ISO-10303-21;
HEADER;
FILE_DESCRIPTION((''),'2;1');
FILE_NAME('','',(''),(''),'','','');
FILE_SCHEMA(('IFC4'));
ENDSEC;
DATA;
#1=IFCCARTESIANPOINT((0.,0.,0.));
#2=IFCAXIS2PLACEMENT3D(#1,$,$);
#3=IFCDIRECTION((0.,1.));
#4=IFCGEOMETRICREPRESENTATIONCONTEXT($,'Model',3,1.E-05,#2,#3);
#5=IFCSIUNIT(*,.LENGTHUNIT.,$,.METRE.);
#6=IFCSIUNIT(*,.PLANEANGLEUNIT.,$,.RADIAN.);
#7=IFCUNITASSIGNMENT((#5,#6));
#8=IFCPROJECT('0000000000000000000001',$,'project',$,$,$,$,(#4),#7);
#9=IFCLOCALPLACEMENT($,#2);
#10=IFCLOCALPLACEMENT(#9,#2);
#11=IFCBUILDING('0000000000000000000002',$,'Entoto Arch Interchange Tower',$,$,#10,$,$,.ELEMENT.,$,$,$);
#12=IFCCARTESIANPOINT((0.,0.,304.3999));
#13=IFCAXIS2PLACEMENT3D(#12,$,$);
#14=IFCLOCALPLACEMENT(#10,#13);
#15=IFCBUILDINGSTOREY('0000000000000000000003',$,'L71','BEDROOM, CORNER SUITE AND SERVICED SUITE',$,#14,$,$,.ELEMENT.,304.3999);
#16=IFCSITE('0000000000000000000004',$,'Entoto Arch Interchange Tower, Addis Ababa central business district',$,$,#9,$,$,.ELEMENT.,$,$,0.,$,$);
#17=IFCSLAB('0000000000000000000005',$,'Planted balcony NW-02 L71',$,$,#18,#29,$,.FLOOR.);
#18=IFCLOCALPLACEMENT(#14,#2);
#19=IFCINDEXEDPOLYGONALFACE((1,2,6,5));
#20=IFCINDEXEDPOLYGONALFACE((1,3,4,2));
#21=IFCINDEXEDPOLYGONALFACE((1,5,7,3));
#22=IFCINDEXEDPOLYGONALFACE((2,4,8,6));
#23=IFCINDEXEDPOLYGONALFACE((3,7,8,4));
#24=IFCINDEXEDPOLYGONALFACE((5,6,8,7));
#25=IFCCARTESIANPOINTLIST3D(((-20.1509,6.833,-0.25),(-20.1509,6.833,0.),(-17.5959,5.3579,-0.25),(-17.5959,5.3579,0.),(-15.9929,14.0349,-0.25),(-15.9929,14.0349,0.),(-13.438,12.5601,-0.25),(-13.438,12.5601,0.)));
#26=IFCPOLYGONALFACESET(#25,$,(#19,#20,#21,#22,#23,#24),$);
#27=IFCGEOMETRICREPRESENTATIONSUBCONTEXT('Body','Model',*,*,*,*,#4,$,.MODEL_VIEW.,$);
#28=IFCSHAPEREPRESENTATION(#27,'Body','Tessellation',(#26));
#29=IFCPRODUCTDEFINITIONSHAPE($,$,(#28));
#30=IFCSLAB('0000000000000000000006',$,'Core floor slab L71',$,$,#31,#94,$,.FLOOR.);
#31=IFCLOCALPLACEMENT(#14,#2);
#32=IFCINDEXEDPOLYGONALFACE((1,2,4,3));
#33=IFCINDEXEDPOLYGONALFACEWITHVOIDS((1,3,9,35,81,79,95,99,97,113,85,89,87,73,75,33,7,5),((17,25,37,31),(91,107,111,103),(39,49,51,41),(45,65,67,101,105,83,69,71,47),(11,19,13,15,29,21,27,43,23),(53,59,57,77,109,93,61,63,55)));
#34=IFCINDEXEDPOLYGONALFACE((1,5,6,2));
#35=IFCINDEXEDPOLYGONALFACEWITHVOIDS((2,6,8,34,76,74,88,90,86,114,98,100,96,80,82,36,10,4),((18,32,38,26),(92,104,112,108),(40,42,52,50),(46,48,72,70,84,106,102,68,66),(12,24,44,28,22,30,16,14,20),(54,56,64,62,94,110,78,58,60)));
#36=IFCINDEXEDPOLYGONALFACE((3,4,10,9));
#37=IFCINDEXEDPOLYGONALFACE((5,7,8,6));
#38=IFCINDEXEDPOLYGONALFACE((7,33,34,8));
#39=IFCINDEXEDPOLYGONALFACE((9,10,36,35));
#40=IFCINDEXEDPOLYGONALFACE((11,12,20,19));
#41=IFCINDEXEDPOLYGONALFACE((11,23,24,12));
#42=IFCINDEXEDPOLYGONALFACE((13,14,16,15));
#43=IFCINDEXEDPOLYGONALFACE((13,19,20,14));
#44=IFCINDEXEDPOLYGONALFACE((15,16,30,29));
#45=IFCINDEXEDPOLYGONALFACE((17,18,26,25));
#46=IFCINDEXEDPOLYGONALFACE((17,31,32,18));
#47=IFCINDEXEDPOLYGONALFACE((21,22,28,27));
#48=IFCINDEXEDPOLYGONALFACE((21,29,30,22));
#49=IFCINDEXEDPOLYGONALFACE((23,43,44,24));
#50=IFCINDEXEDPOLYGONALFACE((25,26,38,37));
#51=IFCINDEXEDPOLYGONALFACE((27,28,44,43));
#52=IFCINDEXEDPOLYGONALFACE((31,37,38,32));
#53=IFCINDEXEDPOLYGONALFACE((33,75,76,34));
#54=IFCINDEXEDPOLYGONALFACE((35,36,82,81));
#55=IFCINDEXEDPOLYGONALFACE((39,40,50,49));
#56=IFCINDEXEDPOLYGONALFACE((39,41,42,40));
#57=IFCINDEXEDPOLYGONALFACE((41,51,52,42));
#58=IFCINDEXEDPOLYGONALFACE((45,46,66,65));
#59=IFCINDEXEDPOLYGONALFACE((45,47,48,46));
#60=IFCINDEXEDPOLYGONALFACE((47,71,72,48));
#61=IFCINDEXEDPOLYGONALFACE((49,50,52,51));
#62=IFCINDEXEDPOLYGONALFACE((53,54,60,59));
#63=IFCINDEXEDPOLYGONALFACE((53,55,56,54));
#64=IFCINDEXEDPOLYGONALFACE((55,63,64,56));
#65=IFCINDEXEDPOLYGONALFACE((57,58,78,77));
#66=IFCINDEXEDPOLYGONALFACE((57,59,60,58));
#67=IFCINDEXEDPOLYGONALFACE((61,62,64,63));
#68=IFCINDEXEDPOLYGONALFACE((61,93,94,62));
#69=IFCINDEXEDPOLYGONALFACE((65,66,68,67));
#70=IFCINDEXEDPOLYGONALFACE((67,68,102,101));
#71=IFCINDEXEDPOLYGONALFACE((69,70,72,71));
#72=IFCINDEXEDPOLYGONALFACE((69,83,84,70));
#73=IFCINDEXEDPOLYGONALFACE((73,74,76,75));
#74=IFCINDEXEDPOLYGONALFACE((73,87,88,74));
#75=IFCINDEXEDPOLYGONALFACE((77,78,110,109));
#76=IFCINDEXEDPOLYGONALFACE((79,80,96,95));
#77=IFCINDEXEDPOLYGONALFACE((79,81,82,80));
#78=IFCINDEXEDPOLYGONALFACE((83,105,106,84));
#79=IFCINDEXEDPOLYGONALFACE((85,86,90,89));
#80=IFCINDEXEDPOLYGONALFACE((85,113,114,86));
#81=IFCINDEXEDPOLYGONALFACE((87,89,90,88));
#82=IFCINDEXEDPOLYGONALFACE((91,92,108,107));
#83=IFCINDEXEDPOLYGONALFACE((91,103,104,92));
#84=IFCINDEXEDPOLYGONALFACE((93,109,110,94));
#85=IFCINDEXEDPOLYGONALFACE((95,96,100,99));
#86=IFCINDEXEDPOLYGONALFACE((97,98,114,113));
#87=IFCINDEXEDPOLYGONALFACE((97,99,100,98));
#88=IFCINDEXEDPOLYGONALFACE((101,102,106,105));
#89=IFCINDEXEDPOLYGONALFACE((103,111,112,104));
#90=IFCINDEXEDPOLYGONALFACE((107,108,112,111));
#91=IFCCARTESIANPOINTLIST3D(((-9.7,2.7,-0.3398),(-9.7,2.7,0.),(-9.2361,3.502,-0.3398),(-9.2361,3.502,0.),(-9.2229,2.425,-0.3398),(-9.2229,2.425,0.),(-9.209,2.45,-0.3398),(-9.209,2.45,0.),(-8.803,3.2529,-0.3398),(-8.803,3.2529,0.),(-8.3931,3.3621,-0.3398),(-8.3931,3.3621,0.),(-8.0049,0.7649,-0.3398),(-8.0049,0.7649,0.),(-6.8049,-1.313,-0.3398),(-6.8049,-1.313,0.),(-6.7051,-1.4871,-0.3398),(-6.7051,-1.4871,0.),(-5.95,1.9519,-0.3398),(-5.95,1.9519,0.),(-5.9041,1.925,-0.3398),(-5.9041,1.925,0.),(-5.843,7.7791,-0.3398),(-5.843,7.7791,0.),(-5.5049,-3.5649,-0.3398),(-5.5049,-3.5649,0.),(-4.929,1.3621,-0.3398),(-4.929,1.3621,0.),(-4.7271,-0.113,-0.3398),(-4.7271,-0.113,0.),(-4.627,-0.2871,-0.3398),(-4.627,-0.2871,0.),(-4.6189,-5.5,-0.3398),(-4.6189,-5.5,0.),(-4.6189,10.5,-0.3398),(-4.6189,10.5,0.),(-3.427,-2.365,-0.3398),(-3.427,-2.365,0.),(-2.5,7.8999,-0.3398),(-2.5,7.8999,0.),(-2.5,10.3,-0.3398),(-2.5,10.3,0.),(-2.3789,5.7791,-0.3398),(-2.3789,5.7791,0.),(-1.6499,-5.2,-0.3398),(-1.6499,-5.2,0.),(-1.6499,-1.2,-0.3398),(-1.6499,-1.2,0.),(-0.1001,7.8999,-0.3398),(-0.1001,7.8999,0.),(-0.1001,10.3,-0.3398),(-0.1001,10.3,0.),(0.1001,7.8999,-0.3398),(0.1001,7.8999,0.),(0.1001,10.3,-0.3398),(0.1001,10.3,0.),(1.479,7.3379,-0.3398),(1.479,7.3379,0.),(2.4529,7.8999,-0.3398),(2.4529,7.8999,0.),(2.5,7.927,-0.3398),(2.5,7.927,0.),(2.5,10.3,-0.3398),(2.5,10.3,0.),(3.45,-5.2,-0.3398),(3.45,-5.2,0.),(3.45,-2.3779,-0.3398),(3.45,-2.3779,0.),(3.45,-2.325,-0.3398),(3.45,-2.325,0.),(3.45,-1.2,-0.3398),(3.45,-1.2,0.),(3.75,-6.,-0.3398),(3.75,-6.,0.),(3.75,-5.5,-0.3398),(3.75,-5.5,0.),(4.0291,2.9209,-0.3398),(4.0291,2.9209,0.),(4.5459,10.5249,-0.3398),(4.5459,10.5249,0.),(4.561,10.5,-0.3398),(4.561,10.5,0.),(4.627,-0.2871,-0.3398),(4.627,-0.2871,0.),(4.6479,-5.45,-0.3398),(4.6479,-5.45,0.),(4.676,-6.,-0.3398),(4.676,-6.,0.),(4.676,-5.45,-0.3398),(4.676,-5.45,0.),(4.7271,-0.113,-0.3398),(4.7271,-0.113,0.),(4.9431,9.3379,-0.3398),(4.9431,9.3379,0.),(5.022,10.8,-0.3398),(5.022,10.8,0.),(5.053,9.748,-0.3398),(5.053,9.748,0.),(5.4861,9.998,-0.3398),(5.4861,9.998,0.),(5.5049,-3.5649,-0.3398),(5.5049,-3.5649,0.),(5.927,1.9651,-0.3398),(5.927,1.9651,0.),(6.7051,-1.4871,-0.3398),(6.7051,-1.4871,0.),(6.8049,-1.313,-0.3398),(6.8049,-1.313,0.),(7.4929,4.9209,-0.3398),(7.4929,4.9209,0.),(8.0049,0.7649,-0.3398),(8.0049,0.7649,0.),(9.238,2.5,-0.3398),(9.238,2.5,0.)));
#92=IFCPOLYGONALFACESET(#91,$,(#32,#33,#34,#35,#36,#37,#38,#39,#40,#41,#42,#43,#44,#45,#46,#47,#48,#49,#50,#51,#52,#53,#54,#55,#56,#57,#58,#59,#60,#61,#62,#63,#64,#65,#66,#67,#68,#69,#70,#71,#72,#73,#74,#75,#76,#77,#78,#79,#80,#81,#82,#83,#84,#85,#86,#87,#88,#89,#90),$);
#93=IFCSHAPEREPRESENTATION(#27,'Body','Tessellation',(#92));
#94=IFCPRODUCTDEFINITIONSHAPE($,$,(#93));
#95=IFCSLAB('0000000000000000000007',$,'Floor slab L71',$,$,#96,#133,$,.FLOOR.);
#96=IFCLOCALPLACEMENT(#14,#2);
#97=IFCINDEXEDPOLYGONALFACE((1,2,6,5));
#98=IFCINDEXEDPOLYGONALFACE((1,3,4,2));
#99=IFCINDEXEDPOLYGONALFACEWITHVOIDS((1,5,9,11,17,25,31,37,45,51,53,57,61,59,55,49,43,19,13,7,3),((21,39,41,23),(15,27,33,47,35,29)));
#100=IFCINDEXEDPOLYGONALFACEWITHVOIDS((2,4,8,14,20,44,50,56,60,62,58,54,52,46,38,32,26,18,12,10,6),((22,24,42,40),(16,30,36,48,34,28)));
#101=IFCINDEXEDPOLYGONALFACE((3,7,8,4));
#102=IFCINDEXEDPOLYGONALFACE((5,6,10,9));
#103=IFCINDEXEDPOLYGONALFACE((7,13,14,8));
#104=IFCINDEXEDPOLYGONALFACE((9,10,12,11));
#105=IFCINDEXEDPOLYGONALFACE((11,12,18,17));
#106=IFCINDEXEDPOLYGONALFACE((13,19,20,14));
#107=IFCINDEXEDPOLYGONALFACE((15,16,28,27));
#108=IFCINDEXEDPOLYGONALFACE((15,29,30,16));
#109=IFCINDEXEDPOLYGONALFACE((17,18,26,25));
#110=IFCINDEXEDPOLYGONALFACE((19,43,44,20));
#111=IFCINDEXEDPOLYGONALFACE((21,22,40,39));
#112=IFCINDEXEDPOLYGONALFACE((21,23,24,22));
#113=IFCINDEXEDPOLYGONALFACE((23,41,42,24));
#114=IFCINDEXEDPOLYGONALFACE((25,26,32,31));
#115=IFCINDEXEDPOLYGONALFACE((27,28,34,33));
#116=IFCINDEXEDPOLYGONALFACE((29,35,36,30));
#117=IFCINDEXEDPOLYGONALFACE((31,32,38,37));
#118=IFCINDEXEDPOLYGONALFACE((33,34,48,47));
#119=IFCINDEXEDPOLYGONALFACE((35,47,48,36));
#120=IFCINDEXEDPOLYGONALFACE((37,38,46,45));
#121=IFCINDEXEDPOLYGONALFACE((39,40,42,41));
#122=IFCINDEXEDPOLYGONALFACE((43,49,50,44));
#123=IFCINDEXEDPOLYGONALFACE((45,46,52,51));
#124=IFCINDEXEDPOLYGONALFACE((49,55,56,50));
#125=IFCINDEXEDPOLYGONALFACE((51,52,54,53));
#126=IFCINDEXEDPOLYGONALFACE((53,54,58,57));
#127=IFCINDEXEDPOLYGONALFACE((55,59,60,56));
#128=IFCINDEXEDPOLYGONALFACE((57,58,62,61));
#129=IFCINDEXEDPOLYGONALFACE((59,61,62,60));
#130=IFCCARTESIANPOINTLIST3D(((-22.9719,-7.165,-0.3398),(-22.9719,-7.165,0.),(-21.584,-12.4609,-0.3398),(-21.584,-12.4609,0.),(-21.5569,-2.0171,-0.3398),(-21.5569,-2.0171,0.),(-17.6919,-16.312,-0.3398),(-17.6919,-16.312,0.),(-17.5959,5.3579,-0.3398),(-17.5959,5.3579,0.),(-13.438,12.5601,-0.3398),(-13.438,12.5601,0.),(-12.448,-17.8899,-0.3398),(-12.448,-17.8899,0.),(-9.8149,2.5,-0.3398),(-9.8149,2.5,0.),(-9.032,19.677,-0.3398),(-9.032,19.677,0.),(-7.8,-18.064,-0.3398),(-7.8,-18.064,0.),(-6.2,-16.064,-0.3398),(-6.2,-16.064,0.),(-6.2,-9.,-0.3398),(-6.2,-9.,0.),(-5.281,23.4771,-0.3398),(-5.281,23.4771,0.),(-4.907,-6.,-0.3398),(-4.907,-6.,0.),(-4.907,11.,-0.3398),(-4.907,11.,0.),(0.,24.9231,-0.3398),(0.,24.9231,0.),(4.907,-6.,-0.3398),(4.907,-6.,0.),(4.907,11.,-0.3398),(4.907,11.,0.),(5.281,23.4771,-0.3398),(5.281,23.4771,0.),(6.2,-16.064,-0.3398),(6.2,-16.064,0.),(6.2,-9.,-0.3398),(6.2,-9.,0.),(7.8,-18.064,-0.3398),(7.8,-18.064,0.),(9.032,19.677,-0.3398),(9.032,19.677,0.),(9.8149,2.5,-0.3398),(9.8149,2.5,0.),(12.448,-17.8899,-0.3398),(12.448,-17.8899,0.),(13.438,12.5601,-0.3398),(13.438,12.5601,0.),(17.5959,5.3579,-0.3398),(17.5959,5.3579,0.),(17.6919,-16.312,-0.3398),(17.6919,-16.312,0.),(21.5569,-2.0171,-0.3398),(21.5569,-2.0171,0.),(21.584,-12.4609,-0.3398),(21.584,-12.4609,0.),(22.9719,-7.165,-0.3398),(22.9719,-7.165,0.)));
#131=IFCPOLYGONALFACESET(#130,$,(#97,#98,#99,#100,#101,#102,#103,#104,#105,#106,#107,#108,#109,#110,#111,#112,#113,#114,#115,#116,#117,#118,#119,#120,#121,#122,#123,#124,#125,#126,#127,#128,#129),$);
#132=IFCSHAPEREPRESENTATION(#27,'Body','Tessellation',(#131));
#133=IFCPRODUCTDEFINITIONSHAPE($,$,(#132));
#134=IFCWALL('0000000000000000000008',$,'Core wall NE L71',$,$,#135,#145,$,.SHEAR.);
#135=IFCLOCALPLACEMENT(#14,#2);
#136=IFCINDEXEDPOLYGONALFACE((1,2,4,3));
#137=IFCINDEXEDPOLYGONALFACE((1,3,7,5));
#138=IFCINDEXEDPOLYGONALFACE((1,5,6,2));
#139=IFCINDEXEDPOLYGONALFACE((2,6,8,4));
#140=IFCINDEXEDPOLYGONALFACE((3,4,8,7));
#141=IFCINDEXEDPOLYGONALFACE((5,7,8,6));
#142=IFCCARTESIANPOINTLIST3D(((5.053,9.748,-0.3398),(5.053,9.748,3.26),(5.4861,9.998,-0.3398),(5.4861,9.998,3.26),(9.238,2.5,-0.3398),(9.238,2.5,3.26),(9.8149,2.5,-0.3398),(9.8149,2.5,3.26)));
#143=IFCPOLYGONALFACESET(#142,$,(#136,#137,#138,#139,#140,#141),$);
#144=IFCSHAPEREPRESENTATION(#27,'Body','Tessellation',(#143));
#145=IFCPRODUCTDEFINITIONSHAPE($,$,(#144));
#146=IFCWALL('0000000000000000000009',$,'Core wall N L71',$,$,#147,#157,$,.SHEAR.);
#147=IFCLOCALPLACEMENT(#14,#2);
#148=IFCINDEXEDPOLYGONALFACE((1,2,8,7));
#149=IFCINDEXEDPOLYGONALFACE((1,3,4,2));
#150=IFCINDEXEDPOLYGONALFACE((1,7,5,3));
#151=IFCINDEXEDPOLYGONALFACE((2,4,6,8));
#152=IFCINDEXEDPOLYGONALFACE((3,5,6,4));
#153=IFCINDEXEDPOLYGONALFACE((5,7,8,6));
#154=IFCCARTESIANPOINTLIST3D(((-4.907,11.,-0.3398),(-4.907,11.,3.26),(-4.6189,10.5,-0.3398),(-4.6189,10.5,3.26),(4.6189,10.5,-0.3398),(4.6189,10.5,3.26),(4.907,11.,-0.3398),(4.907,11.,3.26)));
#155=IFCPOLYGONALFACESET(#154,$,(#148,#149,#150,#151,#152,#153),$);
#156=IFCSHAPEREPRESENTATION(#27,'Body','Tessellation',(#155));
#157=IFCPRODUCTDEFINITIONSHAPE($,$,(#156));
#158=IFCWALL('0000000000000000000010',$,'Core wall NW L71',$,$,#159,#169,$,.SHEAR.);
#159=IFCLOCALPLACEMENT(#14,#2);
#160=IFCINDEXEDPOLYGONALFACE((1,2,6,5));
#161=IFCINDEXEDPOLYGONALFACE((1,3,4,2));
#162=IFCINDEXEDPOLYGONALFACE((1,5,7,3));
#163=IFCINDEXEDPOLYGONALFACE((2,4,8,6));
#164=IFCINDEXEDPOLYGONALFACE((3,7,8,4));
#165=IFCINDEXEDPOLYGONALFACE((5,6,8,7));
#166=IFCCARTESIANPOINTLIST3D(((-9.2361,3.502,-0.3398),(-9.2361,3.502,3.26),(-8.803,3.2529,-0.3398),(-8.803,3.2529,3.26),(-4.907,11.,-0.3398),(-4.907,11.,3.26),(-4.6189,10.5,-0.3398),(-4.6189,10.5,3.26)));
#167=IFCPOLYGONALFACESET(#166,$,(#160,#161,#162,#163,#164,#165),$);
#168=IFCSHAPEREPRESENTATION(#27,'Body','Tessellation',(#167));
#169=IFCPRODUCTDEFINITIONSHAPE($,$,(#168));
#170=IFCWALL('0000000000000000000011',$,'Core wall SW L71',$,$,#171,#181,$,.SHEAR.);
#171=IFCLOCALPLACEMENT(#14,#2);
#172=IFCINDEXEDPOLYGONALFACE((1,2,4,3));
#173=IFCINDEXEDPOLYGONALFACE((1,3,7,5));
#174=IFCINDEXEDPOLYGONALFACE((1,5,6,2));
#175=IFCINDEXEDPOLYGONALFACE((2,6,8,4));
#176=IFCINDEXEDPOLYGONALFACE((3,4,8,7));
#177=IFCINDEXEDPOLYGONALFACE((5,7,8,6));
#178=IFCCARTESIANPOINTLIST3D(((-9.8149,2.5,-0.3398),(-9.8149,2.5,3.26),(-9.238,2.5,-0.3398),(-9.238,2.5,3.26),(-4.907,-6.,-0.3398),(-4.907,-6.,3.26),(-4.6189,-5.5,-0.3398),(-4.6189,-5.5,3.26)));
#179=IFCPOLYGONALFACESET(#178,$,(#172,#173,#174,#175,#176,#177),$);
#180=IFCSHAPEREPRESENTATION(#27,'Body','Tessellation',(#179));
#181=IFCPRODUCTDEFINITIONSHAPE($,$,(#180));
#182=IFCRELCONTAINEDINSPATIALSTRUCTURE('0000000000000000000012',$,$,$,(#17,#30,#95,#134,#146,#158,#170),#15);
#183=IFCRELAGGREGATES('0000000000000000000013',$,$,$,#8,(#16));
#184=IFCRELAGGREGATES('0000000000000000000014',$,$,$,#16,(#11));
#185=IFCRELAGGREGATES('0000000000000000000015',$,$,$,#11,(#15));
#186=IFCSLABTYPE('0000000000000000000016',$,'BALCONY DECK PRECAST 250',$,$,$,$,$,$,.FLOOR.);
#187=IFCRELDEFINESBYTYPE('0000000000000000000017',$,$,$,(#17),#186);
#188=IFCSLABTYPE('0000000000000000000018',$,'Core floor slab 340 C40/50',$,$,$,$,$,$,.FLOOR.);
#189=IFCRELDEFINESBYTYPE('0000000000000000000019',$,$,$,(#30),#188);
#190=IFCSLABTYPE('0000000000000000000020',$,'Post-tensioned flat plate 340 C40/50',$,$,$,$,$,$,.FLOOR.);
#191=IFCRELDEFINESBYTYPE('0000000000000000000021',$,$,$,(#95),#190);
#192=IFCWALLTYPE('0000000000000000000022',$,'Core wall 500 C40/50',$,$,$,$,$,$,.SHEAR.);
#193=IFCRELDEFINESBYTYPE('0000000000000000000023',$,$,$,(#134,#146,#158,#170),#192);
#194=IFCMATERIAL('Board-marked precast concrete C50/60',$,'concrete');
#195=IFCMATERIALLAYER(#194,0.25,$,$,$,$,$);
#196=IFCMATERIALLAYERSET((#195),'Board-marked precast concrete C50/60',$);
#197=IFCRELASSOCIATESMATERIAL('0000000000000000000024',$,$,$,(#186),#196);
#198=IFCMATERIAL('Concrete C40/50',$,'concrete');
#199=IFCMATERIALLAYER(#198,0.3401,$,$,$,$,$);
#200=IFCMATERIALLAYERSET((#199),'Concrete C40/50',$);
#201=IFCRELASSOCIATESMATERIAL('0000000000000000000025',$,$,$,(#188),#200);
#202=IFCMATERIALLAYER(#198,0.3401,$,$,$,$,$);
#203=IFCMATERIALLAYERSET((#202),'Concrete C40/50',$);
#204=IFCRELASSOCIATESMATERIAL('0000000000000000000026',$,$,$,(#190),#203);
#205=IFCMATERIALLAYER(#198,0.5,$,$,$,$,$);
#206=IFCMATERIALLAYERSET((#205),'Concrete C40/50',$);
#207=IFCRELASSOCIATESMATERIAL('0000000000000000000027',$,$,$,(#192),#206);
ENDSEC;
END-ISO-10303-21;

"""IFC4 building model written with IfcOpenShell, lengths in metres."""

from ifc_helpers import new_model, si_unit, direction, frame, origin, place, context, subcontext, project, spatial, polyline, outline, extrude, material, layer, layer_set, type_object, element, save


model = new_model("IFC4")

# Units and contexts
model_context = context("Model", 3, precision=1e-05, world=origin(), true_north=direction((0.0, 1.0)))
body_context = subcontext(model_context, "Body", "Model", "MODEL_VIEW")
ifc_project = project(units=[si_unit("LENGTHUNIT", "METRE"), si_unit("PLANEANGLEUNIT", "RADIAN")], contexts=[model_context])

# Site, building, storey
site_placement = place(None, origin())
site = spatial("IfcSite", under=ifc_project, at=site_placement, Name="Entoto Arch Interchange Tower, Addis Ababa central business district", CompositionType="ELEMENT", RefElevation=0.0)
building_placement = place(site_placement, origin())
building = spatial("IfcBuilding", under=site, at=building_placement, Name="Entoto Arch Interchange Tower", CompositionType="ELEMENT")
storey_placement = place(building_placement, frame((0.0, 0.0, 304.3999)))
storey = spatial("IfcBuildingStorey", under=building, at=storey_placement, Name="L71", Description="BEDROOM, CORNER SUITE AND SERVICED SUITE", CompositionType="ELEMENT", Elevation=304.3999)

# Slabs
ifc_material_1 = material(Name="Board-marked precast concrete C50/60", Category="concrete")
ifc_layer_1 = layer(ifc_material_1, 0.25)
ifc_layer_set_1 = layer_set([ifc_layer_1], Name="Board-marked precast concrete C50/60")
slab_type_1 = type_object("IfcSlabType", Name="BALCONY DECK PRECAST 250", PredefinedType="FLOOR", material=ifc_layer_set_1)
slab_1_placement = place(storey_placement, frame((0.0, 0.0, -0.25)))
element("IfcSlab", 1, at=slab_1_placement, inside=storey, type_object=slab_type_1, Name="Planted balcony NW-02 L71", PredefinedType="FLOOR", context=body_context, shape_type="SweptSolid", body=[
    extrude(outline(polyline([(-13.438, 12.5601), (-17.5959, 5.3579), (-20.1509, 6.833), (-15.9929, 14.0349), (-13.438, 12.5601)])), origin(), (0.0, 0.0, 1.0), 0.25),
])
ifc_material_2 = material(Name="Concrete C40/50", Category="concrete")
ifc_layer_2 = layer(ifc_material_2, 0.3401)
ifc_layer_set_2 = layer_set([ifc_layer_2], Name="Concrete C40/50")
slab_type_2 = type_object("IfcSlabType", Name="Core floor slab 340 C40/50", PredefinedType="FLOOR", material=ifc_layer_set_2)
slab_2_placement = place(storey_placement, frame((0.0, 0.0, -0.3398)))
element("IfcSlab", 2, at=slab_2_placement, inside=storey, type_object=slab_type_2, Name="Core floor slab L71", PredefinedType="FLOOR", context=body_context, shape_type="SweptSolid", body=[
    extrude(outline(polyline([(-9.209, 2.45), (-9.2229, 2.425), (-9.7, 2.7), (-9.2361, 3.502), (-8.803, 3.2529), (-4.6189, 10.5), (4.561, 10.5), (4.5459, 10.5249), (5.022, 10.8), (5.4861, 9.998), (5.053, 9.748), (9.238, 2.5), (4.6479, -5.45), (4.676, -5.45), (4.676, -6.0), (3.75, -6.0), (3.75, -5.5), (-4.6189, -5.5), (-9.209, 2.45)]), holes=[polyline([(-1.6499, -5.2), (3.45, -5.2), (3.45, -2.3779), (5.5049, -3.5649), (6.7051, -1.4871), (4.627, -0.2871), (3.45, -2.325), (3.45, -1.2), (-1.6499, -1.2), (-1.6499, -5.2)]), polyline([(-4.627, -0.2871), (-6.7051, -1.4871), (-5.5049, -3.5649), (-3.427, -2.365), (-4.627, -0.2871)]), polyline([(-5.9041, 1.925), (-4.929, 1.3621), (-2.3789, 5.7791), (-5.843, 7.7791), (-8.3931, 3.3621), (-5.95, 1.9519), (-8.0049, 0.7649), (-6.8049, -1.313), (-4.7271, -0.113), (-5.9041, 1.925)]), polyline([(4.7271, -0.113), (6.8049, -1.313), (8.0049, 0.7649), (5.927, 1.9651), (4.7271, -0.113)]), polyline([(2.5, 7.927), (2.5, 10.3), (0.1001, 10.3), (0.1001, 7.8999), (2.4529, 7.8999), (1.479, 7.3379), (4.0291, 2.9209), (7.4929, 4.9209), (4.9431, 9.3379), (2.5, 7.927)]), polyline([(-2.5, 7.8999), (-0.1001, 7.8999), (-0.1001, 10.3), (-2.5, 10.3), (-2.5, 7.8999)])]), origin(), (0.0, 0.0, 1.0), 0.3398),
])
ifc_layer_3 = layer(ifc_material_2, 0.3401)
ifc_layer_set_3 = layer_set([ifc_layer_3], Name="Concrete C40/50")
slab_type_3 = type_object("IfcSlabType", Name="Post-tensioned flat plate 340 C40/50", PredefinedType="FLOOR", material=ifc_layer_set_3)
slab_3_placement = place(storey_placement, frame((0.0, 0.0, -0.3398)))
element("IfcSlab", 3, at=slab_3_placement, inside=storey, type_object=slab_type_3, Name="Floor slab L71", PredefinedType="FLOOR", context=body_context, shape_type="SweptSolid", body=[
    extrude(outline(polyline([(-12.448, -17.8899), (-7.8, -18.064), (7.8, -18.064), (12.448, -17.8899), (17.6919, -16.312), (21.584, -12.4609), (22.9719, -7.165), (21.5569, -2.0171), (17.5959, 5.3579), (13.438, 12.5601), (9.032, 19.677), (5.281, 23.4771), (0.0, 24.9231), (-5.281, 23.4771), (-9.032, 19.677), (-13.438, 12.5601), (-17.5959, 5.3579), (-21.5569, -2.0171), (-22.9719, -7.165), (-21.584, -12.4609), (-17.6919, -16.312), (-12.448, -17.8899)]), holes=[polyline([(6.2, -16.064), (6.2, -9.0), (-6.2, -9.0), (-6.2, -16.064), (6.2, -16.064)]), polyline([(9.8149, 2.5), (4.907, 11.0), (-4.907, 11.0), (-9.8149, 2.5), (-4.907, -6.0), (4.907, -6.0), (9.8149, 2.5)])]), origin(), (0.0, 0.0, 1.0), 0.3398),
])

# Walls
ifc_layer_4 = layer(ifc_material_2, 0.5)
ifc_layer_set_4 = layer_set([ifc_layer_4], Name="Concrete C40/50")
wall_type_1 = type_object("IfcWallType", Name="Core wall 500 C40/50", PredefinedType="SHEAR", material=ifc_layer_set_4)
wall_1_placement = place(storey_placement, frame((0.0, 0.0, -0.3398)))
element("IfcWall", 4, at=wall_1_placement, inside=storey, type_object=wall_type_1, Name="Core wall NE L71", PredefinedType="SHEAR", context=body_context, shape_type="SweptSolid", body=[
    extrude(outline(polyline([(5.4861, 9.998), (5.053, 9.748), (9.238, 2.5), (9.8149, 2.5), (5.4861, 9.998)])), origin(), (0.0, 0.0, 1.0), 3.5999),
])
wall_2_placement = place(storey_placement, frame((0.0, 0.0, -0.3398)))
element("IfcWall", 5, at=wall_2_placement, inside=storey, type_object=wall_type_1, Name="Core wall N L71", PredefinedType="SHEAR", context=body_context, shape_type="SweptSolid", body=[
    extrude(outline(polyline([(4.907, 11.0), (-4.907, 11.0), (-4.6189, 10.5), (4.6189, 10.5), (4.907, 11.0)])), origin(), (0.0, 0.0, 1.0), 3.5999),
])
wall_3_placement = place(storey_placement, frame((0.0, 0.0, -0.3398)))
element("IfcWall", 6, at=wall_3_placement, inside=storey, type_object=wall_type_1, Name="Core wall NW L71", PredefinedType="SHEAR", context=body_context, shape_type="SweptSolid", body=[
    extrude(outline(polyline([(-9.2361, 3.502), (-8.803, 3.2529), (-4.6189, 10.5), (-4.907, 11.0), (-9.2361, 3.502)])), origin(), (0.0, 0.0, 1.0), 3.5999),
])
wall_4_placement = place(storey_placement, frame((0.0, 0.0, -0.3398)))
element("IfcWall", 7, at=wall_4_placement, inside=storey, type_object=wall_type_1, Name="Core wall SW L71", PredefinedType="SHEAR", context=body_context, shape_type="SweptSolid", body=[
    extrude(outline(polyline([(-9.8149, 2.5), (-4.907, -6.0), (-4.6189, -5.5), (-9.238, 2.5), (-9.8149, 2.5)])), origin(), (0.0, 0.0, 1.0), 3.5999),
])

save(model, "model.ifc")
